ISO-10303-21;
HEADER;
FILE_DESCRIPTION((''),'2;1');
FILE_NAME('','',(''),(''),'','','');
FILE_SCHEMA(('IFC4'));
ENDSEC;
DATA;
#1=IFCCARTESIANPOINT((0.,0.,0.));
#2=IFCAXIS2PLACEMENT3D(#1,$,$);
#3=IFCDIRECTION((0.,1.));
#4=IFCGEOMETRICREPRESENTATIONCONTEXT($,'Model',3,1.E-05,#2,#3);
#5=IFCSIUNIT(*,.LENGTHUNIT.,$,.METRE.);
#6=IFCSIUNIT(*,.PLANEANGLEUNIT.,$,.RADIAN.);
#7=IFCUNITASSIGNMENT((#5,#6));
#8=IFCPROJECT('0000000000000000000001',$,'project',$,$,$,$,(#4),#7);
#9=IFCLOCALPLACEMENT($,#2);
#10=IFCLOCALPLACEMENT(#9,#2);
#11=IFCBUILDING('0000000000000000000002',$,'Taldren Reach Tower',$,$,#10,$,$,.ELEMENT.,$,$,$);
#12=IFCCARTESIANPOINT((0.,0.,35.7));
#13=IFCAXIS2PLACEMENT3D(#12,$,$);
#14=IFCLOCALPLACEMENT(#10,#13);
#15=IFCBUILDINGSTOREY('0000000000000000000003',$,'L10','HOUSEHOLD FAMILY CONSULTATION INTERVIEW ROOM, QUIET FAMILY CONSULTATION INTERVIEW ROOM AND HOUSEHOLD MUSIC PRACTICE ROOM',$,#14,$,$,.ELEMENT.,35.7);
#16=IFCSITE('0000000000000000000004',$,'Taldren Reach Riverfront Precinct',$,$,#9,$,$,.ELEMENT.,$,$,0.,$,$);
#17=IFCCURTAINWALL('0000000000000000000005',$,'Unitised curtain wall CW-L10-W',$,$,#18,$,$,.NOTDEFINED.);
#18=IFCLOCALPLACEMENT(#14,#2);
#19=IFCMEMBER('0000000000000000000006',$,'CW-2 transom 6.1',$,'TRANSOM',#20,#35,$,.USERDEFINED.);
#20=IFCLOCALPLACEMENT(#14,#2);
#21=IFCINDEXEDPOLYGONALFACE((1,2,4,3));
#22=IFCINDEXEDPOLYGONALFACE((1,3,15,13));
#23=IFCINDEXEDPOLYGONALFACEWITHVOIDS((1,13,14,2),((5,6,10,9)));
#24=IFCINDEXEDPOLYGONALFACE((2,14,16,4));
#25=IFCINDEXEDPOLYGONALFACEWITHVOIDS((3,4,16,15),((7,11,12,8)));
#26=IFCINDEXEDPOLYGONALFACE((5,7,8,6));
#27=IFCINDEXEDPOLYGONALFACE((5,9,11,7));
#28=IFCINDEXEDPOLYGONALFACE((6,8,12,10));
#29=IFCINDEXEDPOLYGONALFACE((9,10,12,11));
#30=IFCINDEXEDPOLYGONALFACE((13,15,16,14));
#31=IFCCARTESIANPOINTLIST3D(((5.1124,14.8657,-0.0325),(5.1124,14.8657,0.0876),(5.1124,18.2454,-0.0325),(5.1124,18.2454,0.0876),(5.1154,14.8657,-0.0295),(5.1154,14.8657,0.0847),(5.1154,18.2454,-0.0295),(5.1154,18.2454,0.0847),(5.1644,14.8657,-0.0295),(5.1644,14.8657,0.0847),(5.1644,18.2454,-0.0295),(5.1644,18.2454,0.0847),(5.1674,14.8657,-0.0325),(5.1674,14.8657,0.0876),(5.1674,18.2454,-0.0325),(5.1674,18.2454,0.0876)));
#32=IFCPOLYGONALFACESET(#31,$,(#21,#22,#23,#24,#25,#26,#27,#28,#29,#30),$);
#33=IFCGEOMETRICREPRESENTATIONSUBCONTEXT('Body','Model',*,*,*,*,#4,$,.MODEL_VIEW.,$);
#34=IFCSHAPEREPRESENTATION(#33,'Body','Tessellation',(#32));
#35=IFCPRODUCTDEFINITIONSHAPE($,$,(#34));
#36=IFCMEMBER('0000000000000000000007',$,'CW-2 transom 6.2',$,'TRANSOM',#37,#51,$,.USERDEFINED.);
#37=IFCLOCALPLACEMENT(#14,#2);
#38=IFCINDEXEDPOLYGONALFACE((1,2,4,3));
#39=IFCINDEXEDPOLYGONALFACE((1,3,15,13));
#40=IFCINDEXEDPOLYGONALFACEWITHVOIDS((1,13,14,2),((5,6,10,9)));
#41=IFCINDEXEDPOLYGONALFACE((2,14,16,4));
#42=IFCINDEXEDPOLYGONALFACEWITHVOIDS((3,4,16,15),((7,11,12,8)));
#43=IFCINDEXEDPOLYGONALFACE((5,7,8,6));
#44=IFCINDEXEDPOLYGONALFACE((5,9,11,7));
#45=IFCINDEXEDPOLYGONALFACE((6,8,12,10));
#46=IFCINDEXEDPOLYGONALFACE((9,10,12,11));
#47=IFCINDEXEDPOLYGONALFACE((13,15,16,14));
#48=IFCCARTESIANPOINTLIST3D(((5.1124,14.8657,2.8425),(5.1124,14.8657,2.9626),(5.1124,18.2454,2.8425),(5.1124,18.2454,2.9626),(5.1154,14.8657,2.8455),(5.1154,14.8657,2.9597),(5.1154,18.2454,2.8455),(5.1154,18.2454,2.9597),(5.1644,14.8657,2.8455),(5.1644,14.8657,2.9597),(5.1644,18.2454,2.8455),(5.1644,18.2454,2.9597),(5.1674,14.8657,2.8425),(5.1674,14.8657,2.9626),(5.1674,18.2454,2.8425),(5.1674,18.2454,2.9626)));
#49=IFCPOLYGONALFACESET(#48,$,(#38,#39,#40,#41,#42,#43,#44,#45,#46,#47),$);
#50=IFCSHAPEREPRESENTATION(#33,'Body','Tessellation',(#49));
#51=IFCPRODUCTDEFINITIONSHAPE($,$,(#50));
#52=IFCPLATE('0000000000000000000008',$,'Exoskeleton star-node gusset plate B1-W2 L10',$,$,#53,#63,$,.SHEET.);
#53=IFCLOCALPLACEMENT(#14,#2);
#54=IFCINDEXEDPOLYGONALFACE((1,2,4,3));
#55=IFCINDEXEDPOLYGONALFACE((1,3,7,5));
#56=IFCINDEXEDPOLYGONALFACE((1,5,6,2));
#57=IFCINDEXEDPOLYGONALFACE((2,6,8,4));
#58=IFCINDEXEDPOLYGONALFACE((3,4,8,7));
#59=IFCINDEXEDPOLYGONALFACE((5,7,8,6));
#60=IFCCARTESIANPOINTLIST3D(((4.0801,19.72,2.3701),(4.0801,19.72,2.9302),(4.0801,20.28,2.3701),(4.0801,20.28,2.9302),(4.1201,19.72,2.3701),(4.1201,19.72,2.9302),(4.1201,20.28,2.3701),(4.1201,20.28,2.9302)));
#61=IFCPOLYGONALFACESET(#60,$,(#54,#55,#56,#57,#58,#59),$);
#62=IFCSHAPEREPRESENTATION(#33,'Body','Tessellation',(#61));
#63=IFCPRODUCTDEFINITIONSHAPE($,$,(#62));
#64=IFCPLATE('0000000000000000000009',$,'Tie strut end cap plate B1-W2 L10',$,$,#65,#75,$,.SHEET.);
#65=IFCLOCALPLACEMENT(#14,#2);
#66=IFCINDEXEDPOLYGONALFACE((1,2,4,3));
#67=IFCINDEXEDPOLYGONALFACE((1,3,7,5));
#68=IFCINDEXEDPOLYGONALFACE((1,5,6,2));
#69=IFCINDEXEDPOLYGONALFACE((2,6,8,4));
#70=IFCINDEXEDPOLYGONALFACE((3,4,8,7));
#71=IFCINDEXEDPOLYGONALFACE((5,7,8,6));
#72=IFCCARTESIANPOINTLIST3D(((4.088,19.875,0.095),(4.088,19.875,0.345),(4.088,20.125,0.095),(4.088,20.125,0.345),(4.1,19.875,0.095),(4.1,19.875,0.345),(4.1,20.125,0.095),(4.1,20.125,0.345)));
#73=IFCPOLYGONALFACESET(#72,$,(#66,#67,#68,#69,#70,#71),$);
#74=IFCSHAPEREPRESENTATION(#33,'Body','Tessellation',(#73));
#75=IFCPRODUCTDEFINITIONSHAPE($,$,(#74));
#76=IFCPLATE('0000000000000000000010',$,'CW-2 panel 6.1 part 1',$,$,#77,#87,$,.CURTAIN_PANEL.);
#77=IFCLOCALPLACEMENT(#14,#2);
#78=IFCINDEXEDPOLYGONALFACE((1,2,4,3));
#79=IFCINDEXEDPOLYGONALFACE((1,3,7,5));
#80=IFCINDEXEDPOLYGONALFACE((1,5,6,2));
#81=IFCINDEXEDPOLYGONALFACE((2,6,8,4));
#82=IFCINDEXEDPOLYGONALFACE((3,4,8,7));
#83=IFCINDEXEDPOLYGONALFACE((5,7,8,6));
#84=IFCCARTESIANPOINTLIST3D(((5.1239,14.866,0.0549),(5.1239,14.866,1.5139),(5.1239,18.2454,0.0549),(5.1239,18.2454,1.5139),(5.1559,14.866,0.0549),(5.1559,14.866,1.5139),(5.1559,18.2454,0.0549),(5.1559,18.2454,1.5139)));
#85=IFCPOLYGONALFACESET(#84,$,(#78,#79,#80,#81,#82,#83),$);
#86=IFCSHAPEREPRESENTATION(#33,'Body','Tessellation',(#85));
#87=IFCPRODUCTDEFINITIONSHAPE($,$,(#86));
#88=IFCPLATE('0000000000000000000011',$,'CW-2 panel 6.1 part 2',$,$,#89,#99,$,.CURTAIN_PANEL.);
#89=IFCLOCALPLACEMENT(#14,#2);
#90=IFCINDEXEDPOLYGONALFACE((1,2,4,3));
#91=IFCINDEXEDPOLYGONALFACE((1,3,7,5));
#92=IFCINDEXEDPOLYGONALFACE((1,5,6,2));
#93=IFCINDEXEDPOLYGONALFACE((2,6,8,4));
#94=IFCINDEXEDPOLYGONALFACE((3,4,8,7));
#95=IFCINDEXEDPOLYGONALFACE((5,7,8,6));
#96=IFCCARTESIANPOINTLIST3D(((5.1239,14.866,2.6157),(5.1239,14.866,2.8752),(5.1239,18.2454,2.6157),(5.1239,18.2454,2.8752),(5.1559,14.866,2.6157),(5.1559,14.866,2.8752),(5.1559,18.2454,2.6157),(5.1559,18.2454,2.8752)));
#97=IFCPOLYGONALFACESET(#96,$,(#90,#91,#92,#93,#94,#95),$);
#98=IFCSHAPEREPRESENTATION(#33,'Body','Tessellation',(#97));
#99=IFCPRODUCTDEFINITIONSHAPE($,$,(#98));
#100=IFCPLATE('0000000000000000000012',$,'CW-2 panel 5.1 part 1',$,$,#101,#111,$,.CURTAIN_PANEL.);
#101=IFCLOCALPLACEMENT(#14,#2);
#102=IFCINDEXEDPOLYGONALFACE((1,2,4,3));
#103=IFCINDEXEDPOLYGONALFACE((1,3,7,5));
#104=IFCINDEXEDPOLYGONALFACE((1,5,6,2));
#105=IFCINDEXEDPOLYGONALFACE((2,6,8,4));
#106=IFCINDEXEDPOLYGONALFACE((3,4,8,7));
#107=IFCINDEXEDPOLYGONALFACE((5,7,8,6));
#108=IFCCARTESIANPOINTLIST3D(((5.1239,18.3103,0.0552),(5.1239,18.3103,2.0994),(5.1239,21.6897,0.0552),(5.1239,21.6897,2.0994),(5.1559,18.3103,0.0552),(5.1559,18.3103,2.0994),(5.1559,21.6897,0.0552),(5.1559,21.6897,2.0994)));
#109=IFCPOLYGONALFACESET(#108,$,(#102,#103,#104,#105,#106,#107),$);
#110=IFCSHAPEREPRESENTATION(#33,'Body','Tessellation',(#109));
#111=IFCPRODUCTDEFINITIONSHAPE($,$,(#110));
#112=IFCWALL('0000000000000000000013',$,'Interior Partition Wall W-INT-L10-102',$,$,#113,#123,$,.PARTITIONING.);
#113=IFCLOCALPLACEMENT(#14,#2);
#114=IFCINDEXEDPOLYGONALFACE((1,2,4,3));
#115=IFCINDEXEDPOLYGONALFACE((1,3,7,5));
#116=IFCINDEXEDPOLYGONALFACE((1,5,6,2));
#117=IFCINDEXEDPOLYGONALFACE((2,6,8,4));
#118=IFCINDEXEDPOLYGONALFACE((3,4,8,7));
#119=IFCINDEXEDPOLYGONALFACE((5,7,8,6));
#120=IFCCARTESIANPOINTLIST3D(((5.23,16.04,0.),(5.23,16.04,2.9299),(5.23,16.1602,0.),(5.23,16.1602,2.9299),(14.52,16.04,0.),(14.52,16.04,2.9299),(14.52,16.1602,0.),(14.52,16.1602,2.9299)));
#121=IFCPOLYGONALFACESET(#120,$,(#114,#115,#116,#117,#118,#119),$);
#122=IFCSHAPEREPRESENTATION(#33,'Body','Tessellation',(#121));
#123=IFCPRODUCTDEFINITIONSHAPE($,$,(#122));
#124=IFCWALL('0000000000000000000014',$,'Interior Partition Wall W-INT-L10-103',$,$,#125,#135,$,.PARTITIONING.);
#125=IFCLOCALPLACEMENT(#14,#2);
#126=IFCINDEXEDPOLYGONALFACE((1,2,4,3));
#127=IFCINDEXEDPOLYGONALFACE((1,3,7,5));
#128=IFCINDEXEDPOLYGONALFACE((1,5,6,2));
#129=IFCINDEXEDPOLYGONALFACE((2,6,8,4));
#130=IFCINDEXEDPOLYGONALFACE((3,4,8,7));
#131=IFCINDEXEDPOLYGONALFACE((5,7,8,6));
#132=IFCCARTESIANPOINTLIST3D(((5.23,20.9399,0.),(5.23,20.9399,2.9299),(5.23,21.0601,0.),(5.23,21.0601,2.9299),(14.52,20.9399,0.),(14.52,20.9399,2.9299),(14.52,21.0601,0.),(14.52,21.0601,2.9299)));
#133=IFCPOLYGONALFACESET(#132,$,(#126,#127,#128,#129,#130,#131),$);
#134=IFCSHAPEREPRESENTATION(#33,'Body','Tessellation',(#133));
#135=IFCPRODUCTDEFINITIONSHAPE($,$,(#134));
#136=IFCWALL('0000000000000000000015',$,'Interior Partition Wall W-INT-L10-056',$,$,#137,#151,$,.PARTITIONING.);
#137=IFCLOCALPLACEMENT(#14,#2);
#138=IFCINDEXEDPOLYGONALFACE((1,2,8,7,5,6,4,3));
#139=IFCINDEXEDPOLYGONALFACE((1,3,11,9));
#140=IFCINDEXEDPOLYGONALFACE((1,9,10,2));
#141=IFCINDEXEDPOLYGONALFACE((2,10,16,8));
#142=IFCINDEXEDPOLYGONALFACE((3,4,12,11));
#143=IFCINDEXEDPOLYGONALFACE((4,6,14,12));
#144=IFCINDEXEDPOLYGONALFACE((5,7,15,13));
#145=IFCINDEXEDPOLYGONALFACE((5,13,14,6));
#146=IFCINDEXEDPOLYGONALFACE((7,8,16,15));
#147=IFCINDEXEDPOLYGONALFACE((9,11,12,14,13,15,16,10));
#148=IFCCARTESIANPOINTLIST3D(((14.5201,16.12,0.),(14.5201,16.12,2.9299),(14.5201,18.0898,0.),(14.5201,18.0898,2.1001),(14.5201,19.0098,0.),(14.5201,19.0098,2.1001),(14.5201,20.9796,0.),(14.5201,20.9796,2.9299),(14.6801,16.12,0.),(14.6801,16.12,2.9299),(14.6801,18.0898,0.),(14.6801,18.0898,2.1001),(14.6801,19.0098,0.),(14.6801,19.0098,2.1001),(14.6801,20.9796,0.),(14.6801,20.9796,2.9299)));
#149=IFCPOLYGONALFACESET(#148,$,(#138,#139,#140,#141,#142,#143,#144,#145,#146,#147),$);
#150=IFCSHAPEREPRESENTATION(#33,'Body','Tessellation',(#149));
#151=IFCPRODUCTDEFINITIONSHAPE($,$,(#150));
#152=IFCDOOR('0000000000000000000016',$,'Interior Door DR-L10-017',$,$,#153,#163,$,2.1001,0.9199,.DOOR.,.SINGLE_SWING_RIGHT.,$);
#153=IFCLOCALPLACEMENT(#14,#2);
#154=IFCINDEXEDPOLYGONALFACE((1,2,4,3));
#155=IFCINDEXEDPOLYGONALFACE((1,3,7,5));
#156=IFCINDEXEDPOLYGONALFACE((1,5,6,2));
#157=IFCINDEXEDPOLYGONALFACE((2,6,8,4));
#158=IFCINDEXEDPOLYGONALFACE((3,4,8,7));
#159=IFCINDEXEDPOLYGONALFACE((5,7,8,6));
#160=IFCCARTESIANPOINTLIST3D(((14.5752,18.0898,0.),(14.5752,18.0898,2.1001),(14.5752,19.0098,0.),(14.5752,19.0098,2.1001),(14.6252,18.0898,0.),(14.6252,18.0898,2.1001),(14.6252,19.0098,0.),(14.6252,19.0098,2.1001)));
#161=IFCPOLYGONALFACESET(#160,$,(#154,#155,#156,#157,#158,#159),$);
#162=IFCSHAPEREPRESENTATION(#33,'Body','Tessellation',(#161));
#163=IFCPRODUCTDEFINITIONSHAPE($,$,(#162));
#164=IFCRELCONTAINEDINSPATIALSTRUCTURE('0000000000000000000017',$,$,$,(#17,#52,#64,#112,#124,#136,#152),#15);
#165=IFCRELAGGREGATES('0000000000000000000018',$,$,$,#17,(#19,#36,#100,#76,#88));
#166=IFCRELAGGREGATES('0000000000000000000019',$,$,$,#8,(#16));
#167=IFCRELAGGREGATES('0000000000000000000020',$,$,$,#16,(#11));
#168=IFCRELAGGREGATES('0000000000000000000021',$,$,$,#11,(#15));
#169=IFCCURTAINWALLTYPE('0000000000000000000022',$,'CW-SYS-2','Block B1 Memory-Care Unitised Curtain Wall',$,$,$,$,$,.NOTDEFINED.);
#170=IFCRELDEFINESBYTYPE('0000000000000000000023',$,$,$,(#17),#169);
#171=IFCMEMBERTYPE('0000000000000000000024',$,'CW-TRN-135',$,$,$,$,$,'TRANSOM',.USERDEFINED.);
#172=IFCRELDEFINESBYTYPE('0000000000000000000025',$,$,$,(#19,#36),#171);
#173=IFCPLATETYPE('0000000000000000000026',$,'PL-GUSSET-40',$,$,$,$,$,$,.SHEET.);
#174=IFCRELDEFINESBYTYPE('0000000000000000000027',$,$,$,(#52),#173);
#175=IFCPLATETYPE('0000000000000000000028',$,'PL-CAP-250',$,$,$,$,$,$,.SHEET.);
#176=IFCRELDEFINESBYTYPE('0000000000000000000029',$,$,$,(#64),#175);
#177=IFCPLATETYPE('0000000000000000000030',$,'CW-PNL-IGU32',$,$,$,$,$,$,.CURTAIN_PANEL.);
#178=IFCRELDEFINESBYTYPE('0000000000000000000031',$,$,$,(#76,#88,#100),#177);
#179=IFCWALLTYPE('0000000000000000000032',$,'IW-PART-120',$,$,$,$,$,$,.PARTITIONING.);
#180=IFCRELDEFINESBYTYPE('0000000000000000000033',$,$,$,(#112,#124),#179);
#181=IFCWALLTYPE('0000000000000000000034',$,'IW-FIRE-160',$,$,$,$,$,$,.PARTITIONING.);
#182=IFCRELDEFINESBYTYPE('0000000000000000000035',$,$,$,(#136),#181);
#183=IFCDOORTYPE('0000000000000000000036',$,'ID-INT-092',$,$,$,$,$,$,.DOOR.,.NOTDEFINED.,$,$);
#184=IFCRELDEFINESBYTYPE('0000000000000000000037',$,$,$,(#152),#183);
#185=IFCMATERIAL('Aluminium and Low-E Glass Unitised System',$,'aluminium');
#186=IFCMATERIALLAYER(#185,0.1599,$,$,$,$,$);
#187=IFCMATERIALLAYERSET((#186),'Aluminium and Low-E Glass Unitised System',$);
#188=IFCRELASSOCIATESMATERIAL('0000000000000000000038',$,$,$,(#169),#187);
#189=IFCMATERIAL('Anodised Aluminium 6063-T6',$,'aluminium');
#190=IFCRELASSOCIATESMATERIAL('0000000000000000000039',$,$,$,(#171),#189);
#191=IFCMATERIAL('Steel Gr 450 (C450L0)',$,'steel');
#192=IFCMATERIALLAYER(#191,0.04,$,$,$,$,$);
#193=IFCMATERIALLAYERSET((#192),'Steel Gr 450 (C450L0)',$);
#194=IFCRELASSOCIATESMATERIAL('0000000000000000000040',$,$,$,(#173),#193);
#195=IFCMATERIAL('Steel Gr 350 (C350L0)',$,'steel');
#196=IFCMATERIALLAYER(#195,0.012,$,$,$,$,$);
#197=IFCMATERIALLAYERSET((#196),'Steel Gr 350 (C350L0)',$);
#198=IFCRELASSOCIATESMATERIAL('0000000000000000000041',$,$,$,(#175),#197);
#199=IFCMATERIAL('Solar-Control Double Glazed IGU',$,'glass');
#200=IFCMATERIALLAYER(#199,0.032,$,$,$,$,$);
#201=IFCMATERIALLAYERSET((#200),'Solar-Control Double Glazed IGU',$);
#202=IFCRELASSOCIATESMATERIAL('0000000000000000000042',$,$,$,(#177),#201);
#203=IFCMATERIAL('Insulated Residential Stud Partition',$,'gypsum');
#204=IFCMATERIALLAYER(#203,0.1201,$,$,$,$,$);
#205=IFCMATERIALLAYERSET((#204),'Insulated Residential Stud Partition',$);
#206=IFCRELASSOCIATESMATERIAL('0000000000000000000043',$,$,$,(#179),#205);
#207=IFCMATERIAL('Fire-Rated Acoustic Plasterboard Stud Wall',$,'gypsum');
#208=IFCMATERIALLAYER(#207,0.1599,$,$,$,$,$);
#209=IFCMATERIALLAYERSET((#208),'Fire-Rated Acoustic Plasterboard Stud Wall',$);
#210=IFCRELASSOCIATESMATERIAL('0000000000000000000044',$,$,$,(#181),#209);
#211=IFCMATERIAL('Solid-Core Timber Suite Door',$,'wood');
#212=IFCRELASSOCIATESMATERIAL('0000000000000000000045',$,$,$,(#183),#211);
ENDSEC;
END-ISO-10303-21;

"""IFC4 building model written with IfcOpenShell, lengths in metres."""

from ifc_helpers import new_model, si_unit, direction, frame, frame_2d, origin, origin_2d, place, context, subcontext, project, spatial, rectangle, hollow_rectangle, extrude, source, transform, mapped, material, layer, layer_set, material_profile, profile_set, type_object, element, fill, aggregate, save


model = new_model("IFC4")

# Units and contexts
model_context = context("Model", 3, precision=1e-05, world=origin(), true_north=direction((0.0, 1.0)))
body_context = subcontext(model_context, "Body", "Model", "MODEL_VIEW")
ifc_project = project(units=[si_unit("LENGTHUNIT", "METRE"), si_unit("PLANEANGLEUNIT", "RADIAN")], contexts=[model_context])

# Site, building, storey
site_placement = place(None, origin())
site = spatial("IfcSite", under=ifc_project, at=site_placement, Name="Taldren Reach Riverfront Precinct", CompositionType="ELEMENT", RefElevation=0.0)
building_placement = place(site_placement, origin())
building = spatial("IfcBuilding", under=site, at=building_placement, Name="Taldren Reach Tower", CompositionType="ELEMENT")
storey_placement = place(building_placement, frame((0.0, 0.0, 35.7)))
storey = spatial("IfcBuildingStorey", under=building, at=storey_placement, Name="L10", Description="HOUSEHOLD FAMILY CONSULTATION INTERVIEW ROOM, QUIET FAMILY CONSULTATION INTERVIEW ROOM AND HOUSEHOLD MUSIC PRACTICE ROOM", CompositionType="ELEMENT", Elevation=35.7)

# Shared definitions
ifc_material_1 = material(Name="Steel Gr 450 (C450L0)", Category="steel")
ifc_material_2 = material(Name="Steel Gr 350 (C350L0)", Category="steel")

# Curtain wall, members
ifc_material_3 = material(Name="Aluminium and Low-E Glass Unitised System", Category="aluminium")
ifc_layer_1 = layer(ifc_material_3, 0.1599)
ifc_layer_set_1 = layer_set([ifc_layer_1], Name="Aluminium and Low-E Glass Unitised System")
curtain_wall_type = type_object("IfcCurtainWallType", Name="CW-SYS-2", Description="Block B1 Memory-Care Unitised Curtain Wall", PredefinedType="NOTDEFINED", material=ifc_layer_set_1)
curtain_wall_placement = place(storey_placement, origin())
curtain_wall = element("IfcCurtainWall", 1, at=curtain_wall_placement, inside=storey, type_object=curtain_wall_type, Name="Unitised curtain wall CW-L10-W", PredefinedType="NOTDEFINED")
ifc_material_4 = material(Name="Anodised Aluminium 6063-T6", Category="aluminium")
ifc_material_profile_1 = material_profile(ifc_material_4, hollow_rectangle(XDim=0.0549, YDim=0.1201, WallThickness=0.0029, at=origin_2d()), Name="ALU-120x55x3RHS")
ifc_profile_set_1 = profile_set([ifc_material_profile_1], Name="Anodised Aluminium 6063-T6")
member_type_1 = type_object("IfcMemberType", Name="CW-TRN-135", ElementType="TRANSOM", PredefinedType="USERDEFINED", material=ifc_profile_set_1)
shared_shape_1 = source(origin(), body_context, "Body", "SweptSolid", [
    extrude(hollow_rectangle(XDim=0.0549, YDim=0.1201, WallThickness=0.0029, at=origin_2d()), origin(), (0.0, 0.0, 1.0), 3.3796),
])
member_1_placement = place(storey_placement, frame((5.1399, 18.2454, 0.0276), z_axis=(0.0, -1.0, 0.0), x_axis=(1.0, 0.0, 0.0)))
member_1 = element("IfcMember", 2, at=member_1_placement, type_object=member_type_1, Name="CW-2 transom 6.1", ObjectType="TRANSOM", PredefinedType="USERDEFINED", context=body_context, shape_type="MappedRepresentation", body=[
    mapped(shared_shape_1, transform((0.0, 0.0, 0.0), scale=1.0)),
])
member_2_placement = place(storey_placement, frame((5.1399, 18.2454, 2.9026), z_axis=(0.0, -1.0, 0.0), x_axis=(1.0, 0.0, 0.0)))
member_2 = element("IfcMember", 3, at=member_2_placement, type_object=member_type_1, Name="CW-2 transom 6.2", ObjectType="TRANSOM", PredefinedType="USERDEFINED", context=body_context, shape_type="MappedRepresentation", body=[
    mapped(shared_shape_1, transform((0.0, 0.0, 0.0), scale=1.0)),
])

# Plates
ifc_layer_2 = layer(ifc_material_1, 0.04)
ifc_layer_set_2 = layer_set([ifc_layer_2], Name="Steel Gr 450 (C450L0)")
plate_type_1 = type_object("IfcPlateType", Name="PL-GUSSET-40", PredefinedType="SHEET", material=ifc_layer_set_2)
shared_shape_2 = source(origin(), body_context, "Body", "SweptSolid", [
    extrude(rectangle(XDim=0.5601, YDim=0.04, at=origin_2d()), origin(), (0.0, 0.0, 1.0), 0.5601),
])
plate_1_placement = place(storey_placement, frame((4.1001, 20.0, 2.3701), z_axis=(0.0, 0.0, 1.0), x_axis=(0.0, 1.0, 0.0)))
element("IfcPlate", 4, at=plate_1_placement, inside=storey, type_object=plate_type_1, Name="Exoskeleton star-node gusset plate B1-W2 L10", PredefinedType="SHEET", context=body_context, shape_type="MappedRepresentation", body=[
    mapped(shared_shape_2, transform((0.0, 0.0, 0.0), scale=1.0)),
])
ifc_layer_3 = layer(ifc_material_2, 0.012)
ifc_layer_set_3 = layer_set([ifc_layer_3], Name="Steel Gr 350 (C350L0)")
plate_type_2 = type_object("IfcPlateType", Name="PL-CAP-250", PredefinedType="SHEET", material=ifc_layer_set_3)
shared_shape_3 = source(origin(), body_context, "Body", "SweptSolid", [
    extrude(rectangle(XDim=0.012, YDim=0.25, at=origin_2d()), origin(), (0.0, 0.0, 1.0), 0.25),
])
plate_2_placement = place(storey_placement, frame((4.094, 20.0, 0.095), z_axis=(0.0, 0.0, 1.0), x_axis=(1.0, 0.0, 0.0)))
element("IfcPlate", 5, at=plate_2_placement, inside=storey, type_object=plate_type_2, Name="Tie strut end cap plate B1-W2 L10", PredefinedType="SHEET", context=body_context, shape_type="MappedRepresentation", body=[
    mapped(shared_shape_3, transform((0.0, 0.0, 0.0), scale=1.0)),
])

# Plates
ifc_material_5 = material(Name="Solar-Control Double Glazed IGU", Category="glass")
ifc_layer_4 = layer(ifc_material_5, 0.032)
ifc_layer_set_4 = layer_set([ifc_layer_4], Name="Solar-Control Double Glazed IGU")
plate_type_3 = type_object("IfcPlateType", Name="CW-PNL-IGU32", PredefinedType="CURTAIN_PANEL", material=ifc_layer_set_4)
shared_shape_4 = source(origin(), body_context, "Body", "SweptSolid", [
    extrude(rectangle(XDim=3.3794, YDim=0.032, at=origin_2d()), origin(), (0.0, 0.0, 1.0), 1.459),
])
plate_3_placement = place(storey_placement, frame((5.1399, 16.5557, 0.0549), z_axis=(0.0, 0.0, 1.0), x_axis=(0.0, -1.0, 0.0)))
plate_3 = element("IfcPlate", 6, at=plate_3_placement, type_object=plate_type_3, Name="CW-2 panel 6.1 part 1", PredefinedType="CURTAIN_PANEL", context=body_context, shape_type="MappedRepresentation", body=[
    mapped(shared_shape_4, transform((0.0, 0.0, 0.0), scale=1.0)),
])
shared_shape_5 = source(origin(), body_context, "Body", "SweptSolid", [
    extrude(rectangle(XDim=3.3794, YDim=0.032, at=origin_2d()), origin(), (0.0, 0.0, 1.0), 0.2595),
])
plate_4_placement = place(storey_placement, frame((5.1399, 16.5557, 2.6157), z_axis=(0.0, 0.0, 1.0), x_axis=(0.0, -1.0, 0.0)))
plate_4 = element("IfcPlate", 7, at=plate_4_placement, type_object=plate_type_3, Name="CW-2 panel 6.1 part 2", PredefinedType="CURTAIN_PANEL", context=body_context, shape_type="MappedRepresentation", body=[
    mapped(shared_shape_5, transform((0.0, 0.0, 0.0), scale=1.0)),
])
shared_shape_6 = source(origin(), body_context, "Body", "SweptSolid", [
    extrude(rectangle(XDim=3.3794, YDim=0.032, at=origin_2d()), origin(), (0.0, 0.0, 1.0), 2.0442),
])
plate_5_placement = place(storey_placement, frame((5.1399, 20.0, 0.0552), z_axis=(0.0, 0.0, 1.0), x_axis=(0.0, -1.0, 0.0)))
plate_5 = element("IfcPlate", 8, at=plate_5_placement, type_object=plate_type_3, Name="CW-2 panel 5.1 part 1", PredefinedType="CURTAIN_PANEL", context=body_context, shape_type="MappedRepresentation", body=[
    mapped(shared_shape_6, transform((0.0, 0.0, 0.0), scale=1.0)),
])
aggregate(curtain_wall, [member_1, member_2, plate_5, plate_3, plate_4])

# Walls
ifc_material_6 = material(Name="Insulated Residential Stud Partition", Category="gypsum")
ifc_layer_5 = layer(ifc_material_6, 0.1201)
ifc_layer_set_5 = layer_set([ifc_layer_5], Name="Insulated Residential Stud Partition")
wall_type_1 = type_object("IfcWallType", Name="IW-PART-120", PredefinedType="PARTITIONING", material=ifc_layer_set_5)
shared_shape_7 = source(origin(), body_context, "Body", "SweptSolid", [
    extrude(rectangle(XDim=9.29, YDim=0.1201, at=frame_2d((4.645, 0.0))), origin(), (0.0, 0.0, 1.0), 2.9299),
])
for number, where, z_axis, x_axis, name in (
    (9, (5.23, 16.1001, 0.0), (0.0, 0.0, 1.0), (1.0, 0.0, 0.0), "Interior Partition Wall W-INT-L10-102"),
    (10, (5.23, 21.0, 0.0), (0.0, 0.0, 1.0), (1.0, 0.0, 0.0), "Interior Partition Wall W-INT-L10-103"),
):
    element("IfcWall", number, at=place(storey_placement, frame(where, z_axis=z_axis, x_axis=x_axis)), inside=storey, type_object=wall_type_1, Name=name, PredefinedType="PARTITIONING", context=body_context, shape_type="MappedRepresentation", body=[
        mapped(shared_shape_7, transform((0.0, 0.0, 0.0), scale=1.0)),
    ])

# Wall, opening, door
ifc_material_7 = material(Name="Fire-Rated Acoustic Plasterboard Stud Wall", Category="gypsum")
ifc_layer_6 = layer(ifc_material_7, 0.1599)
ifc_layer_set_6 = layer_set([ifc_layer_6], Name="Fire-Rated Acoustic Plasterboard Stud Wall")
wall_type_2 = type_object("IfcWallType", Name="IW-FIRE-160", PredefinedType="PARTITIONING", material=ifc_layer_set_6)
shared_shape_8 = source(origin(), body_context, "Body", "SweptSolid", [
    extrude(rectangle(XDim=4.8596, YDim=0.1599, at=frame_2d((2.4297, 0.0))), origin(), (0.0, 0.0, 1.0), 2.9299),
])
wall_placement = place(storey_placement, frame((14.6001, 16.1201, 0.0), z_axis=(0.0, 0.0, 1.0), x_axis=(0.0, 1.0, 0.0)))
wall = element("IfcWall", 11, at=wall_placement, inside=storey, type_object=wall_type_2, Name="Interior Partition Wall W-INT-L10-056", PredefinedType="PARTITIONING", context=body_context, shape_type="MappedRepresentation", body=[
    mapped(shared_shape_8, transform((0.0, 0.0, 0.0), scale=1.0)),
])
shared_shape_9 = source(origin(), body_context, "Body", "SweptSolid", [
    extrude(rectangle(XDim=0.9199, YDim=2.1001, at=frame_2d((0.46, 1.05))), frame((0.0, 0.0898, 0.0), z_axis=(0.0, -1.0, 0.0), x_axis=(1.0, 0.0, 0.0)), (0.0, 0.0, 1.0), 0.1799),
])
opening_placement = place(wall_placement, frame((1.9697, 0.0, 0.0)))
opening = element("IfcOpeningElement", 12, at=opening_placement, cuts=wall, PredefinedType="OPENING", context=body_context, shape_type="MappedRepresentation", body=[
    mapped(shared_shape_9, transform((0.0, 0.0, 0.0), scale=1.0)),
])
ifc_material_8 = material(Name="Solid-Core Timber Suite Door", Category="wood")
door_type = type_object("IfcDoorType", Name="ID-INT-092", OperationType="NOTDEFINED", PredefinedType="DOOR", material=ifc_material_8)
shared_shape_10 = source(origin(), body_context, "Body", "SweptSolid", [
    extrude(rectangle(XDim=0.9199, YDim=2.1001, at=frame_2d((0.46, 1.05))), frame((0.0, 0.0249, 0.0), z_axis=(0.0, -1.0, 0.0), x_axis=(1.0, 0.0, 0.0)), (0.0, 0.0, 1.0), 0.05),
])
door_placement = place(opening_placement, origin())
door = element("IfcDoor", 13, at=door_placement, inside=storey, type_object=door_type, Name="Interior Door DR-L10-017", OperationType="SINGLE_SWING_RIGHT", OverallHeight=2.1001, OverallWidth=0.9199, PredefinedType="DOOR", context=body_context, shape_type="MappedRepresentation", body=[
    mapped(shared_shape_10, transform((0.0, 0.0, 0.0), scale=1.0)),
])
fill(opening, door)

save(model, "model.ifc")
